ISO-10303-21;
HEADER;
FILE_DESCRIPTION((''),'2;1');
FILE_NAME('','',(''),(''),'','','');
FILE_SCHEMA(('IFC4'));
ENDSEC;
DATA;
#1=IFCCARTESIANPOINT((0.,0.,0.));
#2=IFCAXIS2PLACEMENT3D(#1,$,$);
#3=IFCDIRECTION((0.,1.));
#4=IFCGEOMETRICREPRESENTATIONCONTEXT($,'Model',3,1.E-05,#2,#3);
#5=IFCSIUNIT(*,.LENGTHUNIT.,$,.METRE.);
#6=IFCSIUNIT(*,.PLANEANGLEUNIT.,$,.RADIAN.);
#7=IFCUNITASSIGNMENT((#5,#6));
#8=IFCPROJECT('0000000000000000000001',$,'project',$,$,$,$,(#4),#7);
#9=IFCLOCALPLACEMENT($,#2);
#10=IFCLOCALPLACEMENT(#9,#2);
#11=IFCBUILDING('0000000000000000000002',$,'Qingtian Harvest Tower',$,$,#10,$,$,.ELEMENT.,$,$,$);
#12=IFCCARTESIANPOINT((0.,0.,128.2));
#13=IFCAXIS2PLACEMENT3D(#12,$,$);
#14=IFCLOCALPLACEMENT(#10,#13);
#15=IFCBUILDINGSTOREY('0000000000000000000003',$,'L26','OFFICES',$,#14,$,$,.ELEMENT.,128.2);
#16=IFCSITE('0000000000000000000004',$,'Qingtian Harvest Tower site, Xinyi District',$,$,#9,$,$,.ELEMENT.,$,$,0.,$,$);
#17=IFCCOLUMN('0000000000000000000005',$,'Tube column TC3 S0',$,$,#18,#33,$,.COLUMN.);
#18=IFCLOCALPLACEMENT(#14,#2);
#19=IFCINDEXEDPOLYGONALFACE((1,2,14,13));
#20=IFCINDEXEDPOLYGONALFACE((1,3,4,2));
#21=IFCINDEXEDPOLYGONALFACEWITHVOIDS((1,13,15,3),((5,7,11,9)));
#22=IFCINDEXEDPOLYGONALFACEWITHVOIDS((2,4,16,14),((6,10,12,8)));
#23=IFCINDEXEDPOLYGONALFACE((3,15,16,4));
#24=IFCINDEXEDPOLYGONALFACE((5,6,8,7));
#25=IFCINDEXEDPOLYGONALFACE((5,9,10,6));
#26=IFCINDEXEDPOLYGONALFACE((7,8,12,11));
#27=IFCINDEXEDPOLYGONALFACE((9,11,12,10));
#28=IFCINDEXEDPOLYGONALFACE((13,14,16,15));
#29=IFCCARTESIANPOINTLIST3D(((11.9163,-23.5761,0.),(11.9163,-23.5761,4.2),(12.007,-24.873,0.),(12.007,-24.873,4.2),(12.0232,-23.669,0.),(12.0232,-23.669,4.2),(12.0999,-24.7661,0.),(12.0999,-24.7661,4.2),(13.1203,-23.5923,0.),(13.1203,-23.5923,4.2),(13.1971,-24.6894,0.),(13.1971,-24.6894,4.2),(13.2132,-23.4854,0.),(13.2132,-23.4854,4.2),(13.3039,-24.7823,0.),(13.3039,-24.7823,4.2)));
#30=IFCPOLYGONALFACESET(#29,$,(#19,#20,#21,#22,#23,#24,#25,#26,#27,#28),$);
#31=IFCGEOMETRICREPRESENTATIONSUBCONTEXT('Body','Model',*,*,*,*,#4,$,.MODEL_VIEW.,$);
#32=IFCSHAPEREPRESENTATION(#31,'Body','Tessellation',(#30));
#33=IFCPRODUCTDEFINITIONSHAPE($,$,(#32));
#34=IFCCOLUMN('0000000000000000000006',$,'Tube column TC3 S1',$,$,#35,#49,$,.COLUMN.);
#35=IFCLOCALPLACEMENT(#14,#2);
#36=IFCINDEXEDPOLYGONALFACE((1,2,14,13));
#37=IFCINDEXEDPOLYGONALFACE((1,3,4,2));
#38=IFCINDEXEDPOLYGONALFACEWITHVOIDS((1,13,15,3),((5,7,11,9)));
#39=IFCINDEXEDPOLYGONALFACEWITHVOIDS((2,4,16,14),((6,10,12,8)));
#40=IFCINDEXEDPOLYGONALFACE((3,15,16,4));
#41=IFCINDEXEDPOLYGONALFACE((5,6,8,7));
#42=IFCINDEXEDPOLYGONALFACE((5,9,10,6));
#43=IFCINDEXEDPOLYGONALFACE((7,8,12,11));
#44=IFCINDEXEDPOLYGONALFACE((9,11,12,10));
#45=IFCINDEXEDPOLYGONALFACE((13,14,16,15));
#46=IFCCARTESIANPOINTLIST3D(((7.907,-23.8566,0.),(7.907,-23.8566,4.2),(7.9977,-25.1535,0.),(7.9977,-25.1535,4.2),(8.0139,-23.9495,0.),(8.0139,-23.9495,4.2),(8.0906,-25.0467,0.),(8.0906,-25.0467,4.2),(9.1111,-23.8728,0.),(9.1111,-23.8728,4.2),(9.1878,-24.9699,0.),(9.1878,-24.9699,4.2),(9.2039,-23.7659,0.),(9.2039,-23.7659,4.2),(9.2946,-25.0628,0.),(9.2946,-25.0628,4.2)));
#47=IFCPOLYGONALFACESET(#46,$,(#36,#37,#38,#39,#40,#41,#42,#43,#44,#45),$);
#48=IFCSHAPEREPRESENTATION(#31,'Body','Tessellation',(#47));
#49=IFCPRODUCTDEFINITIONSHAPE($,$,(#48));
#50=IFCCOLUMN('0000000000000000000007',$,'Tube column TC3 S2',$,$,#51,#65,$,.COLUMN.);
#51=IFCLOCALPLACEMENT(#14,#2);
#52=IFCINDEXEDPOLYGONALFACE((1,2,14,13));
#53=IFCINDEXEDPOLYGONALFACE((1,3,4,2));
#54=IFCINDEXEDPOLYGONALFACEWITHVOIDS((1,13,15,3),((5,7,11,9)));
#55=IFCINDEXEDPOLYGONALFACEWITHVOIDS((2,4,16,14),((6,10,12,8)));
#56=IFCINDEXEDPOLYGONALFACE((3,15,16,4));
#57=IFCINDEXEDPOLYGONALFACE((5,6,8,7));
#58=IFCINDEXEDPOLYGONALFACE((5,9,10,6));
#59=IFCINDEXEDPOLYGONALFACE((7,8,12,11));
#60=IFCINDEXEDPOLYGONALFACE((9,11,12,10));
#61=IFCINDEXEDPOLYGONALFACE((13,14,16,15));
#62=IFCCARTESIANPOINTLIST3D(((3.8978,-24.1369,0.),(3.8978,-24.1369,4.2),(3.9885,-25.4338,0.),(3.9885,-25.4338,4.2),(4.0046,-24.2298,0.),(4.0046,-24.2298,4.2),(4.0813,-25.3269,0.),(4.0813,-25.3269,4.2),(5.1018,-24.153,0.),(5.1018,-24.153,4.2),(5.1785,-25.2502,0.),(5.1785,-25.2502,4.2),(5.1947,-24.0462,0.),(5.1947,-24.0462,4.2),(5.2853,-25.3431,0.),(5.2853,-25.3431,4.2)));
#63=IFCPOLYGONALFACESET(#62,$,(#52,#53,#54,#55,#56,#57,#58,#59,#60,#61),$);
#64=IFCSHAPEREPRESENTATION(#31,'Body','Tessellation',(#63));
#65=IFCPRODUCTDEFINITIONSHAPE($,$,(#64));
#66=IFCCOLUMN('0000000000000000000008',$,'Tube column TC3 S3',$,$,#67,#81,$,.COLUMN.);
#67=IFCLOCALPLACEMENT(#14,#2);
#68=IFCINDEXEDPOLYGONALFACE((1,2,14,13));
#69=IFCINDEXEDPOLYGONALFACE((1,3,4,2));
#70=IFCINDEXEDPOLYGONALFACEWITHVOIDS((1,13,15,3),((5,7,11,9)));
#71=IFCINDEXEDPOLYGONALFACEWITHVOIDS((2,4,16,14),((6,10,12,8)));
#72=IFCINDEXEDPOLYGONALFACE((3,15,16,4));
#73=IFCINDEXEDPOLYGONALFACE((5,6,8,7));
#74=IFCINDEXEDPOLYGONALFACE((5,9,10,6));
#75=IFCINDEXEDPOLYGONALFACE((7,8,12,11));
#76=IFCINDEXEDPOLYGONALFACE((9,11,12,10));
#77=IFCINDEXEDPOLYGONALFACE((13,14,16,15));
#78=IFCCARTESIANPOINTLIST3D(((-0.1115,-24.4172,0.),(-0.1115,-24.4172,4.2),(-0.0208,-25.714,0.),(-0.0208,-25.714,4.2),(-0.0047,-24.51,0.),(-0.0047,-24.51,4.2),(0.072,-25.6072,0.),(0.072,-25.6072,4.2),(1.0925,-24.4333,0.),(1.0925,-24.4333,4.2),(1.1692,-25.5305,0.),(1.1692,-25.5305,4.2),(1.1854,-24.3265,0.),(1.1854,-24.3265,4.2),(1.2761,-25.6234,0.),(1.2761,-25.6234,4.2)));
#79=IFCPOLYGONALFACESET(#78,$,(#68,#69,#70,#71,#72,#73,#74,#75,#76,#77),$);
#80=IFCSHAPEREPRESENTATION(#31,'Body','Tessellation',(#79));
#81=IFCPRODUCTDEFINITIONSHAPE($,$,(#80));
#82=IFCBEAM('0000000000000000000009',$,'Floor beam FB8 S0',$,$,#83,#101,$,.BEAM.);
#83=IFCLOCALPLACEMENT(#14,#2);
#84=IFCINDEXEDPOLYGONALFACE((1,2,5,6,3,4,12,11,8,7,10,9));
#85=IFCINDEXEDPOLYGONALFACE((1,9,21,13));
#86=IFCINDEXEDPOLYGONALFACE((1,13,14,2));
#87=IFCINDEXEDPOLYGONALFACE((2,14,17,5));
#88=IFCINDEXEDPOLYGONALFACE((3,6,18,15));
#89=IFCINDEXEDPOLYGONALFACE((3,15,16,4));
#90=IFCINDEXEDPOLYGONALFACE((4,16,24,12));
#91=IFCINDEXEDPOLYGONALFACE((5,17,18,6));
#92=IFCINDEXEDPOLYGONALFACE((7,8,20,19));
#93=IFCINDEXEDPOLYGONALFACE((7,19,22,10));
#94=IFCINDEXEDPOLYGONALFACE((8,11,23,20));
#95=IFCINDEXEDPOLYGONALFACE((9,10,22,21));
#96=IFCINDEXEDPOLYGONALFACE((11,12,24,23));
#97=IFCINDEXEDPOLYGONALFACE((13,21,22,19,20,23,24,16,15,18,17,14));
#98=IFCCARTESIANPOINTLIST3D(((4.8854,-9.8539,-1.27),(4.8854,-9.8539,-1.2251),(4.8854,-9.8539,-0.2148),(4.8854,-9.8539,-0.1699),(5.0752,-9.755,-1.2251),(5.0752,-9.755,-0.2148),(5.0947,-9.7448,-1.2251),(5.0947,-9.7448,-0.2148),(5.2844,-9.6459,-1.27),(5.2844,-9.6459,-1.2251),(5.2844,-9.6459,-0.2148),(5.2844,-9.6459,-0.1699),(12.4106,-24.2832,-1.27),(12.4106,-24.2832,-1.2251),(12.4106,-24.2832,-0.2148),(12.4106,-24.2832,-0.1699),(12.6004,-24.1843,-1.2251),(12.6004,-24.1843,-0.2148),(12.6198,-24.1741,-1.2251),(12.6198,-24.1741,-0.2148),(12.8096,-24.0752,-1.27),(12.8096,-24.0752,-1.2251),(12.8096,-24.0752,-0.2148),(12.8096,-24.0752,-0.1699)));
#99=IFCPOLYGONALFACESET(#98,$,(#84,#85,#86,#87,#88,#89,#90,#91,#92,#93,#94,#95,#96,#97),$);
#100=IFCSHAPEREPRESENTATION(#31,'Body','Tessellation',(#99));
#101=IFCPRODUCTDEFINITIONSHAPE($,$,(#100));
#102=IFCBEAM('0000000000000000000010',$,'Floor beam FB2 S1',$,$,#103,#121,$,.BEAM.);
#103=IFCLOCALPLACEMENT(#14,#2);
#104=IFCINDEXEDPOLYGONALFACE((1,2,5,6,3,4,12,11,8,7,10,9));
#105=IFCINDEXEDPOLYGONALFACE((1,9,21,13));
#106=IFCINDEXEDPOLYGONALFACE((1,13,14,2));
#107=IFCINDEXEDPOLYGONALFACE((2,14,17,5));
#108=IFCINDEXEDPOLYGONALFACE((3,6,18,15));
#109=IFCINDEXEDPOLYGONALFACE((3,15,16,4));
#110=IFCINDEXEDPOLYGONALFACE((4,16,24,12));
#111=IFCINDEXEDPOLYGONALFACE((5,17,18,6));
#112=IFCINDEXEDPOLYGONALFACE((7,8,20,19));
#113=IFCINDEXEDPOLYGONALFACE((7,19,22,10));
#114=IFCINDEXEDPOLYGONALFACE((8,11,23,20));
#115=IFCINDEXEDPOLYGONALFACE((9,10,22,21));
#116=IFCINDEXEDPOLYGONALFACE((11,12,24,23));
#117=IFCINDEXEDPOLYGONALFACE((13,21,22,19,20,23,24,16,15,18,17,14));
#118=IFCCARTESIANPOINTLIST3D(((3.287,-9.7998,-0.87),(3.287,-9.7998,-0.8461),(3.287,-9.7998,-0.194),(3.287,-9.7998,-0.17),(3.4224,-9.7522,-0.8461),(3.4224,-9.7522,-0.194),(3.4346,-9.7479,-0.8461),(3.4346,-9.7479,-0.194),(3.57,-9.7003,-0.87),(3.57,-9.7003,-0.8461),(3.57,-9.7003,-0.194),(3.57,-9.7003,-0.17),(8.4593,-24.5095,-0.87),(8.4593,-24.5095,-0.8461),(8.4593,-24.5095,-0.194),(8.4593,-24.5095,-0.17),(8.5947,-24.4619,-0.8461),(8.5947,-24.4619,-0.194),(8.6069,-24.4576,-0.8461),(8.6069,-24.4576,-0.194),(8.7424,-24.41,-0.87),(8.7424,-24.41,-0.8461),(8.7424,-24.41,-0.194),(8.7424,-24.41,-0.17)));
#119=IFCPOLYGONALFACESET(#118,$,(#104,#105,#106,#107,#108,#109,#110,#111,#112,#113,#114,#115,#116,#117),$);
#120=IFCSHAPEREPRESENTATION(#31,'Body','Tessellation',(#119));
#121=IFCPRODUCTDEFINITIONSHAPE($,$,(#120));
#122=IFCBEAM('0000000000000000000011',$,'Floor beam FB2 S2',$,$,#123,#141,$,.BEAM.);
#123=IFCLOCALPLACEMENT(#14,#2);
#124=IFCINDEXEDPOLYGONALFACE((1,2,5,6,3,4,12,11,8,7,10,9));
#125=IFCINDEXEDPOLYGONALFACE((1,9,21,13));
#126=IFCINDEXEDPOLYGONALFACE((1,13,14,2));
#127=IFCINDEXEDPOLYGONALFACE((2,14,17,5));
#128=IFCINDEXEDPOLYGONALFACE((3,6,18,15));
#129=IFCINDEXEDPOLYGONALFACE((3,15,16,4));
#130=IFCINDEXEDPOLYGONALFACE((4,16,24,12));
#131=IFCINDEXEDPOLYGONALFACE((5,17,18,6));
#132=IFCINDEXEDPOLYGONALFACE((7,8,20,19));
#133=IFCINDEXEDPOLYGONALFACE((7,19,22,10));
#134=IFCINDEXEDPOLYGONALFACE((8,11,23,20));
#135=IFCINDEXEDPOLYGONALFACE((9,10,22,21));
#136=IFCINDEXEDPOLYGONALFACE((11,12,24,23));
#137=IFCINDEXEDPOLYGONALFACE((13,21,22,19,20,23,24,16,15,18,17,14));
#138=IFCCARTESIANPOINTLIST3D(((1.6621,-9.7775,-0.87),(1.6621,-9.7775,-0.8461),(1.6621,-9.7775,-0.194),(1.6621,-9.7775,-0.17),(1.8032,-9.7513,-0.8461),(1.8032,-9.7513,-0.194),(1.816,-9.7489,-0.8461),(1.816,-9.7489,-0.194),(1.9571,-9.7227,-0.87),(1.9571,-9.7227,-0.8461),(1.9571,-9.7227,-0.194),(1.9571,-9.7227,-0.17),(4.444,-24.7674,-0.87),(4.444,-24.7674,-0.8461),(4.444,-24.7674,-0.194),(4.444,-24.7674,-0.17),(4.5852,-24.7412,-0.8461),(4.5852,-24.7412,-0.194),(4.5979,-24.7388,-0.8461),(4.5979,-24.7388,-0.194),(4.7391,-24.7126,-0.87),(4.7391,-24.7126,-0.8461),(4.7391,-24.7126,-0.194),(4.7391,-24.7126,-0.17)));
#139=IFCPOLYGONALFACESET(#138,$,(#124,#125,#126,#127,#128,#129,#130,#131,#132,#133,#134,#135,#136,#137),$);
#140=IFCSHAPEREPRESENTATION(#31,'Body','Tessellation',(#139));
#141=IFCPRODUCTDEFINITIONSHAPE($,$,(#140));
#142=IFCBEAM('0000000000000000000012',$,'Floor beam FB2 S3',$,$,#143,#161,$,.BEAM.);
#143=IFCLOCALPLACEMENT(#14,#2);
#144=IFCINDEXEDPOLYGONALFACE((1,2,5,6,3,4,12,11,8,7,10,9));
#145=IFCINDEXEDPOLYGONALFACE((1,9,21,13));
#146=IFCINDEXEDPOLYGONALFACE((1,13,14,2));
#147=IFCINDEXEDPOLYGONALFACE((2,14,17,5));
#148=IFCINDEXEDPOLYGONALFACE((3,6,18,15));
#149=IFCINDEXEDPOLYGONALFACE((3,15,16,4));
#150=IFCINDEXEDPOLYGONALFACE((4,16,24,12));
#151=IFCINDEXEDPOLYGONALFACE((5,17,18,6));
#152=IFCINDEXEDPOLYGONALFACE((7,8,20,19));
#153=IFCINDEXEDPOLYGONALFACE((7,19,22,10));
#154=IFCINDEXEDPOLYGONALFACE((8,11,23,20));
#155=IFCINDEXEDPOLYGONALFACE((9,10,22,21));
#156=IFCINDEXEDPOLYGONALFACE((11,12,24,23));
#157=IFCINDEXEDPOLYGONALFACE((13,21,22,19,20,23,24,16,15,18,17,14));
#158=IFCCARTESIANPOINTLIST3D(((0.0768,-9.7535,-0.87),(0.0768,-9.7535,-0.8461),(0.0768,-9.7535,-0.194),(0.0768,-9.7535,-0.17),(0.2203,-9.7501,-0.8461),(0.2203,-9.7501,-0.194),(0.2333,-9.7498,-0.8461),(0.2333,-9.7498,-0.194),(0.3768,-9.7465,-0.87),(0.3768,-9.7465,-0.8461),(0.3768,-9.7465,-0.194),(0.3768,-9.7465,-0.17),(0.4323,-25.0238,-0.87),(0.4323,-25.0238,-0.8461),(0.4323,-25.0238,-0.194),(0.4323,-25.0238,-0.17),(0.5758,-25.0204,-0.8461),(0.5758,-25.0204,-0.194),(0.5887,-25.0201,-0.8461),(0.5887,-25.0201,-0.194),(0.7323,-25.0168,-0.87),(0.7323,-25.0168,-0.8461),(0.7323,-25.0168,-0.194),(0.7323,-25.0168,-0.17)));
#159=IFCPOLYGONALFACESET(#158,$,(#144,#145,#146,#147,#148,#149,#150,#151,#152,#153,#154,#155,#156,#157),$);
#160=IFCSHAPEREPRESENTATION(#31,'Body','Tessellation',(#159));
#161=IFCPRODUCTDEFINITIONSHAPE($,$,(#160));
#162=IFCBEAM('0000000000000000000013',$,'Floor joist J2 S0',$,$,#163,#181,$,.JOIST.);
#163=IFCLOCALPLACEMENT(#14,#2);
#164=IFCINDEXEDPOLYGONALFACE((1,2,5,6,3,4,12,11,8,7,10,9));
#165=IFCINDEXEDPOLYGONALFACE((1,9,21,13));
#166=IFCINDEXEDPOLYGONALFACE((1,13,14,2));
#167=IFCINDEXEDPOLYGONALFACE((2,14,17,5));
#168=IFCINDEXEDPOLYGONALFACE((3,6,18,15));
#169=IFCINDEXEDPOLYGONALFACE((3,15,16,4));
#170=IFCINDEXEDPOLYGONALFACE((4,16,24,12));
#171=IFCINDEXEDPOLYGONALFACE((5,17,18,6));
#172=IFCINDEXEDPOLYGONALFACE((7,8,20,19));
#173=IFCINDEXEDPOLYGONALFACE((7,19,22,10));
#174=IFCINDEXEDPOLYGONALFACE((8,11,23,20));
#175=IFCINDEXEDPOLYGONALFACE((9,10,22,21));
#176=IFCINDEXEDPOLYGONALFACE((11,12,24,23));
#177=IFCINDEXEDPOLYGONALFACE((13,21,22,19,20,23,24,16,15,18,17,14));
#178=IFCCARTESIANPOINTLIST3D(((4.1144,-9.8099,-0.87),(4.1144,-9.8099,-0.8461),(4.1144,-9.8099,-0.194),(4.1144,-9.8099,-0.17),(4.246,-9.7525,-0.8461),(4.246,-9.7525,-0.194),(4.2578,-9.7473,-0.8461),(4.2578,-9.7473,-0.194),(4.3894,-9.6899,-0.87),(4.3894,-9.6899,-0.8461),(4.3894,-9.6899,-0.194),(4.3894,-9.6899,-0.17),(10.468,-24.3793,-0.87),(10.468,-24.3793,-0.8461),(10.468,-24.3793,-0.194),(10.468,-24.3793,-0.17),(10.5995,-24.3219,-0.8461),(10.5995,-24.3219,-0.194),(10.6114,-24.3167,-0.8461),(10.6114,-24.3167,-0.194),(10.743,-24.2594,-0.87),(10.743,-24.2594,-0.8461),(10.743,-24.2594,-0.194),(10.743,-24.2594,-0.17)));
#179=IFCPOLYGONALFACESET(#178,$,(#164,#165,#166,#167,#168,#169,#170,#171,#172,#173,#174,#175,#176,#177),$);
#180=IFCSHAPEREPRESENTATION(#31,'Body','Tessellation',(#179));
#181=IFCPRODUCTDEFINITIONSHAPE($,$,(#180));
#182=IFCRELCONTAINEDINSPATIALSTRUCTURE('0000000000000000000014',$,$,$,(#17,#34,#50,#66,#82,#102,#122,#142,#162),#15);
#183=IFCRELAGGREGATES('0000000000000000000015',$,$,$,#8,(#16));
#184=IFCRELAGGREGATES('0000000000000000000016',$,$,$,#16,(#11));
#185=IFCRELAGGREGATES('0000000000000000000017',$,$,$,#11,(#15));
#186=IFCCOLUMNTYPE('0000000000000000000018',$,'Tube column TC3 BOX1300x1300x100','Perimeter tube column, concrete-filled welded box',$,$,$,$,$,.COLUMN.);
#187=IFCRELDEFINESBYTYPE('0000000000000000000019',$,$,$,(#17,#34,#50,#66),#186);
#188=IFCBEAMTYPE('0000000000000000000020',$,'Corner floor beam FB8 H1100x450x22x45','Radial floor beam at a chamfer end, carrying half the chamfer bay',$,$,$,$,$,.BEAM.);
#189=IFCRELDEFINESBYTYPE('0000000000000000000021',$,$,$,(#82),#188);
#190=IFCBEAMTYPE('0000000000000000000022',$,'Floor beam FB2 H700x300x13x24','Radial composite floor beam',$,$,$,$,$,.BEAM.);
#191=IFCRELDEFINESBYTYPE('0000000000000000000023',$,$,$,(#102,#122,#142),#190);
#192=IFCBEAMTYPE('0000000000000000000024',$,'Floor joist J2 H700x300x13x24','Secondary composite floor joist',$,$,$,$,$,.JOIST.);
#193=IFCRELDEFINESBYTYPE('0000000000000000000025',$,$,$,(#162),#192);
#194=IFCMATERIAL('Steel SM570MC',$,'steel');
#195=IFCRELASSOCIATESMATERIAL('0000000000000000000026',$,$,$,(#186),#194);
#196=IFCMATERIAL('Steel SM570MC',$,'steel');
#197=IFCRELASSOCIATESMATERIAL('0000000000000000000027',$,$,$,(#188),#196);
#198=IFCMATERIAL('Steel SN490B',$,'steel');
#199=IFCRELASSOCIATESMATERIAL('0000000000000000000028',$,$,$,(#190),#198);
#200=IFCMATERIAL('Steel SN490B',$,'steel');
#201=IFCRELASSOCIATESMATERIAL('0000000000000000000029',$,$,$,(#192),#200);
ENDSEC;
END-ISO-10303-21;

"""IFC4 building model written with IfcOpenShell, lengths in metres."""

from ifc_helpers import new_model, si_unit, direction, frame, origin, origin_2d, place, context, subcontext, project, spatial, hollow_rectangle, i_section, extrude, material, material_profile, profile_set, type_object, element, save


model = new_model("IFC4")

# Units and contexts
model_context = context("Model", 3, precision=1e-05, world=origin(), true_north=direction((0.0, 1.0)))
body_context = subcontext(model_context, "Body", "Model", "MODEL_VIEW")
ifc_project = project(units=[si_unit("LENGTHUNIT", "METRE"), si_unit("PLANEANGLEUNIT", "RADIAN")], contexts=[model_context])

# Site, building, storey
site_placement = place(None, origin())
site = spatial("IfcSite", under=ifc_project, at=site_placement, Name="Qingtian Harvest Tower site, Xinyi District", CompositionType="ELEMENT", RefElevation=0.0)
building_placement = place(site_placement, origin())
building = spatial("IfcBuilding", under=site, at=building_placement, Name="Qingtian Harvest Tower", CompositionType="ELEMENT")
storey_placement = place(building_placement, frame((0.0, 0.0, 128.2)))
storey = spatial("IfcBuildingStorey", under=building, at=storey_placement, Name="L26", Description="OFFICES", CompositionType="ELEMENT", Elevation=128.2)

# Columns
ifc_material_1 = material(Name="Steel SM570MC", Category="steel")
ifc_material_profile_1 = material_profile(ifc_material_1, hollow_rectangle(XDim=1.3, YDim=1.3, WallThickness=0.1001, at=origin_2d()), Name="BOX1300x1300x100")
ifc_profile_set_1 = profile_set([ifc_material_profile_1], Name="Steel SM570MC")
column_type = type_object("IfcColumnType", Name="Tube column TC3 BOX1300x1300x100", Description="Perimeter tube column, concrete-filled welded box", PredefinedType="COLUMN", material=ifc_profile_set_1)
for number, where, z_axis, x_axis, name in (
    (1, (12.6101, -24.1792, 0.0), (0.0, 0.0, 1.0), (0.997564, 0.069756, 0.0), "Tube column TC3 S0"),
    (2, (8.6008, -24.4597, 0.0), (0.0, 0.0, 1.0), (0.997564, 0.069756, 0.0), "Tube column TC3 S1"),
    (3, (4.5916, -24.74, 0.0), (0.0, 0.0, 1.0), (0.997564, 0.069756, 0.0), "Tube column TC3 S2"),
    (4, (0.5823, -25.0203, 0.0), (0.0, 0.0, 1.0), (0.997564, 0.069756, 0.0), "Tube column TC3 S3"),
):
    element("IfcColumn", number, at=place(storey_placement, frame(where, z_axis=z_axis, x_axis=x_axis)), inside=storey, type_object=column_type, Name=name, PredefinedType="COLUMN", context=body_context, shape_type="SweptSolid", body=[
        extrude(hollow_rectangle(XDim=1.3, YDim=1.3, WallThickness=0.1001, at=origin_2d()), origin(), (0.0, 0.0, 1.0), 4.2),
    ])

# Beams
ifc_material_2 = material(Name="Steel SM570MC", Category="steel")
ifc_material_profile_2 = material_profile(ifc_material_2, i_section(OverallWidth=0.45, OverallDepth=1.1001, WebThickness=0.022, FlangeThickness=0.0449, at=origin_2d()), Name="H1100x450x22x45")
ifc_profile_set_2 = profile_set([ifc_material_profile_2], Name="Steel SM570MC")
beam_type_1 = type_object("IfcBeamType", Name="Corner floor beam FB8 H1100x450x22x45", Description="Radial floor beam at a chamfer end, carrying half the chamfer bay", PredefinedType="BEAM", material=ifc_profile_set_2)
beam_1_placement = place(storey_placement, frame((12.6101, -24.1792, -0.72), z_axis=(-0.462415, 0.886664, 0.0), x_axis=(-0.886664, -0.462415, 0.0)))
element("IfcBeam", 5, at=beam_1_placement, inside=storey, type_object=beam_type_1, Name="Floor beam FB8 S0", PredefinedType="BEAM", context=body_context, shape_type="SweptSolid", body=[
    extrude(i_section(OverallWidth=0.45, OverallDepth=1.1001, WebThickness=0.022, FlangeThickness=0.0449, at=origin_2d()), origin(), (0.0, 0.0, 1.0), 16.2737),
])
ifc_material_3 = material(Name="Steel SN490B", Category="steel")
ifc_material_profile_3 = material_profile(ifc_material_3, i_section(OverallWidth=0.3, OverallDepth=0.7, WebThickness=0.0129, FlangeThickness=0.0239, at=origin_2d()), Name="H700x300x13x24")
ifc_profile_set_3 = profile_set([ifc_material_profile_3], Name="Steel SN490B")
beam_type_2 = type_object("IfcBeamType", Name="Floor beam FB2 H700x300x13x24", Description="Radial composite floor beam", PredefinedType="BEAM", material=ifc_profile_set_3)
beam_2_placement = place(storey_placement, frame((8.6008, -24.4597, -0.52), z_axis=(-0.331719, 0.943378, 0.0), x_axis=(-0.943378, -0.331719, 0.0)))
element("IfcBeam", 6, at=beam_2_placement, inside=storey, type_object=beam_type_2, Name="Floor beam FB2 S1", PredefinedType="BEAM", context=body_context, shape_type="SweptSolid", body=[
    extrude(i_section(OverallWidth=0.3, OverallDepth=0.7, WebThickness=0.0129, FlangeThickness=0.0239, at=origin_2d()), origin(), (0.0, 0.0, 1.0), 15.5925),
])
beam_3_placement = place(storey_placement, frame((4.5916, -24.74, -0.52), z_axis=(-0.182473, 0.983211, 0.0), x_axis=(-0.983211, -0.182473, 0.0)))
element("IfcBeam", 7, at=beam_3_placement, inside=storey, type_object=beam_type_2, Name="Floor beam FB2 S2", PredefinedType="BEAM", context=body_context, shape_type="SweptSolid", body=[
    extrude(i_section(OverallWidth=0.3, OverallDepth=0.7, WebThickness=0.0129, FlangeThickness=0.0239, at=origin_2d()), origin(), (0.0, 0.0, 1.0), 15.2458),
])
beam_4_placement = place(storey_placement, frame((0.5823, -25.0203, -0.52), z_axis=(-0.023272, 0.999729, 0.0), x_axis=(-0.999729, -0.023272, 0.0)))
element("IfcBeam", 8, at=beam_4_placement, inside=storey, type_object=beam_type_2, Name="Floor beam FB2 S3", PredefinedType="BEAM", context=body_context, shape_type="SweptSolid", body=[
    extrude(i_section(OverallWidth=0.3, OverallDepth=0.7, WebThickness=0.0129, FlangeThickness=0.0239, at=origin_2d()), origin(), (0.0, 0.0, 1.0), 15.2744),
])
ifc_material_4 = material(Name="Steel SN490B", Category="steel")
ifc_material_profile_4 = material_profile(ifc_material_4, i_section(OverallWidth=0.3, OverallDepth=0.7, WebThickness=0.0129, FlangeThickness=0.0239, at=origin_2d()), Name="H700x300x13x24")
ifc_profile_set_4 = profile_set([ifc_material_profile_4], Name="Steel SN490B")
beam_type_3 = type_object("IfcBeamType", Name="Floor joist J2 H700x300x13x24", Description="Secondary composite floor joist", PredefinedType="JOIST", material=ifc_profile_set_4)
beam_5_placement = place(storey_placement, frame((10.6055, -24.3193, -0.52), z_axis=(-0.399732, 0.916632, 0.0), x_axis=(-0.916632, -0.399732, 0.0)))
element("IfcBeam", 9, at=beam_5_placement, inside=storey, type_object=beam_type_3, Name="Floor joist J2 S0", PredefinedType="JOIST", context=body_context, shape_type="SweptSolid", body=[
    extrude(i_section(OverallWidth=0.3, OverallDepth=0.7, WebThickness=0.0129, FlangeThickness=0.0239, at=origin_2d()), origin(), (0.0, 0.0, 1.0), 15.8945),
])

save(model, "model.ifc")
